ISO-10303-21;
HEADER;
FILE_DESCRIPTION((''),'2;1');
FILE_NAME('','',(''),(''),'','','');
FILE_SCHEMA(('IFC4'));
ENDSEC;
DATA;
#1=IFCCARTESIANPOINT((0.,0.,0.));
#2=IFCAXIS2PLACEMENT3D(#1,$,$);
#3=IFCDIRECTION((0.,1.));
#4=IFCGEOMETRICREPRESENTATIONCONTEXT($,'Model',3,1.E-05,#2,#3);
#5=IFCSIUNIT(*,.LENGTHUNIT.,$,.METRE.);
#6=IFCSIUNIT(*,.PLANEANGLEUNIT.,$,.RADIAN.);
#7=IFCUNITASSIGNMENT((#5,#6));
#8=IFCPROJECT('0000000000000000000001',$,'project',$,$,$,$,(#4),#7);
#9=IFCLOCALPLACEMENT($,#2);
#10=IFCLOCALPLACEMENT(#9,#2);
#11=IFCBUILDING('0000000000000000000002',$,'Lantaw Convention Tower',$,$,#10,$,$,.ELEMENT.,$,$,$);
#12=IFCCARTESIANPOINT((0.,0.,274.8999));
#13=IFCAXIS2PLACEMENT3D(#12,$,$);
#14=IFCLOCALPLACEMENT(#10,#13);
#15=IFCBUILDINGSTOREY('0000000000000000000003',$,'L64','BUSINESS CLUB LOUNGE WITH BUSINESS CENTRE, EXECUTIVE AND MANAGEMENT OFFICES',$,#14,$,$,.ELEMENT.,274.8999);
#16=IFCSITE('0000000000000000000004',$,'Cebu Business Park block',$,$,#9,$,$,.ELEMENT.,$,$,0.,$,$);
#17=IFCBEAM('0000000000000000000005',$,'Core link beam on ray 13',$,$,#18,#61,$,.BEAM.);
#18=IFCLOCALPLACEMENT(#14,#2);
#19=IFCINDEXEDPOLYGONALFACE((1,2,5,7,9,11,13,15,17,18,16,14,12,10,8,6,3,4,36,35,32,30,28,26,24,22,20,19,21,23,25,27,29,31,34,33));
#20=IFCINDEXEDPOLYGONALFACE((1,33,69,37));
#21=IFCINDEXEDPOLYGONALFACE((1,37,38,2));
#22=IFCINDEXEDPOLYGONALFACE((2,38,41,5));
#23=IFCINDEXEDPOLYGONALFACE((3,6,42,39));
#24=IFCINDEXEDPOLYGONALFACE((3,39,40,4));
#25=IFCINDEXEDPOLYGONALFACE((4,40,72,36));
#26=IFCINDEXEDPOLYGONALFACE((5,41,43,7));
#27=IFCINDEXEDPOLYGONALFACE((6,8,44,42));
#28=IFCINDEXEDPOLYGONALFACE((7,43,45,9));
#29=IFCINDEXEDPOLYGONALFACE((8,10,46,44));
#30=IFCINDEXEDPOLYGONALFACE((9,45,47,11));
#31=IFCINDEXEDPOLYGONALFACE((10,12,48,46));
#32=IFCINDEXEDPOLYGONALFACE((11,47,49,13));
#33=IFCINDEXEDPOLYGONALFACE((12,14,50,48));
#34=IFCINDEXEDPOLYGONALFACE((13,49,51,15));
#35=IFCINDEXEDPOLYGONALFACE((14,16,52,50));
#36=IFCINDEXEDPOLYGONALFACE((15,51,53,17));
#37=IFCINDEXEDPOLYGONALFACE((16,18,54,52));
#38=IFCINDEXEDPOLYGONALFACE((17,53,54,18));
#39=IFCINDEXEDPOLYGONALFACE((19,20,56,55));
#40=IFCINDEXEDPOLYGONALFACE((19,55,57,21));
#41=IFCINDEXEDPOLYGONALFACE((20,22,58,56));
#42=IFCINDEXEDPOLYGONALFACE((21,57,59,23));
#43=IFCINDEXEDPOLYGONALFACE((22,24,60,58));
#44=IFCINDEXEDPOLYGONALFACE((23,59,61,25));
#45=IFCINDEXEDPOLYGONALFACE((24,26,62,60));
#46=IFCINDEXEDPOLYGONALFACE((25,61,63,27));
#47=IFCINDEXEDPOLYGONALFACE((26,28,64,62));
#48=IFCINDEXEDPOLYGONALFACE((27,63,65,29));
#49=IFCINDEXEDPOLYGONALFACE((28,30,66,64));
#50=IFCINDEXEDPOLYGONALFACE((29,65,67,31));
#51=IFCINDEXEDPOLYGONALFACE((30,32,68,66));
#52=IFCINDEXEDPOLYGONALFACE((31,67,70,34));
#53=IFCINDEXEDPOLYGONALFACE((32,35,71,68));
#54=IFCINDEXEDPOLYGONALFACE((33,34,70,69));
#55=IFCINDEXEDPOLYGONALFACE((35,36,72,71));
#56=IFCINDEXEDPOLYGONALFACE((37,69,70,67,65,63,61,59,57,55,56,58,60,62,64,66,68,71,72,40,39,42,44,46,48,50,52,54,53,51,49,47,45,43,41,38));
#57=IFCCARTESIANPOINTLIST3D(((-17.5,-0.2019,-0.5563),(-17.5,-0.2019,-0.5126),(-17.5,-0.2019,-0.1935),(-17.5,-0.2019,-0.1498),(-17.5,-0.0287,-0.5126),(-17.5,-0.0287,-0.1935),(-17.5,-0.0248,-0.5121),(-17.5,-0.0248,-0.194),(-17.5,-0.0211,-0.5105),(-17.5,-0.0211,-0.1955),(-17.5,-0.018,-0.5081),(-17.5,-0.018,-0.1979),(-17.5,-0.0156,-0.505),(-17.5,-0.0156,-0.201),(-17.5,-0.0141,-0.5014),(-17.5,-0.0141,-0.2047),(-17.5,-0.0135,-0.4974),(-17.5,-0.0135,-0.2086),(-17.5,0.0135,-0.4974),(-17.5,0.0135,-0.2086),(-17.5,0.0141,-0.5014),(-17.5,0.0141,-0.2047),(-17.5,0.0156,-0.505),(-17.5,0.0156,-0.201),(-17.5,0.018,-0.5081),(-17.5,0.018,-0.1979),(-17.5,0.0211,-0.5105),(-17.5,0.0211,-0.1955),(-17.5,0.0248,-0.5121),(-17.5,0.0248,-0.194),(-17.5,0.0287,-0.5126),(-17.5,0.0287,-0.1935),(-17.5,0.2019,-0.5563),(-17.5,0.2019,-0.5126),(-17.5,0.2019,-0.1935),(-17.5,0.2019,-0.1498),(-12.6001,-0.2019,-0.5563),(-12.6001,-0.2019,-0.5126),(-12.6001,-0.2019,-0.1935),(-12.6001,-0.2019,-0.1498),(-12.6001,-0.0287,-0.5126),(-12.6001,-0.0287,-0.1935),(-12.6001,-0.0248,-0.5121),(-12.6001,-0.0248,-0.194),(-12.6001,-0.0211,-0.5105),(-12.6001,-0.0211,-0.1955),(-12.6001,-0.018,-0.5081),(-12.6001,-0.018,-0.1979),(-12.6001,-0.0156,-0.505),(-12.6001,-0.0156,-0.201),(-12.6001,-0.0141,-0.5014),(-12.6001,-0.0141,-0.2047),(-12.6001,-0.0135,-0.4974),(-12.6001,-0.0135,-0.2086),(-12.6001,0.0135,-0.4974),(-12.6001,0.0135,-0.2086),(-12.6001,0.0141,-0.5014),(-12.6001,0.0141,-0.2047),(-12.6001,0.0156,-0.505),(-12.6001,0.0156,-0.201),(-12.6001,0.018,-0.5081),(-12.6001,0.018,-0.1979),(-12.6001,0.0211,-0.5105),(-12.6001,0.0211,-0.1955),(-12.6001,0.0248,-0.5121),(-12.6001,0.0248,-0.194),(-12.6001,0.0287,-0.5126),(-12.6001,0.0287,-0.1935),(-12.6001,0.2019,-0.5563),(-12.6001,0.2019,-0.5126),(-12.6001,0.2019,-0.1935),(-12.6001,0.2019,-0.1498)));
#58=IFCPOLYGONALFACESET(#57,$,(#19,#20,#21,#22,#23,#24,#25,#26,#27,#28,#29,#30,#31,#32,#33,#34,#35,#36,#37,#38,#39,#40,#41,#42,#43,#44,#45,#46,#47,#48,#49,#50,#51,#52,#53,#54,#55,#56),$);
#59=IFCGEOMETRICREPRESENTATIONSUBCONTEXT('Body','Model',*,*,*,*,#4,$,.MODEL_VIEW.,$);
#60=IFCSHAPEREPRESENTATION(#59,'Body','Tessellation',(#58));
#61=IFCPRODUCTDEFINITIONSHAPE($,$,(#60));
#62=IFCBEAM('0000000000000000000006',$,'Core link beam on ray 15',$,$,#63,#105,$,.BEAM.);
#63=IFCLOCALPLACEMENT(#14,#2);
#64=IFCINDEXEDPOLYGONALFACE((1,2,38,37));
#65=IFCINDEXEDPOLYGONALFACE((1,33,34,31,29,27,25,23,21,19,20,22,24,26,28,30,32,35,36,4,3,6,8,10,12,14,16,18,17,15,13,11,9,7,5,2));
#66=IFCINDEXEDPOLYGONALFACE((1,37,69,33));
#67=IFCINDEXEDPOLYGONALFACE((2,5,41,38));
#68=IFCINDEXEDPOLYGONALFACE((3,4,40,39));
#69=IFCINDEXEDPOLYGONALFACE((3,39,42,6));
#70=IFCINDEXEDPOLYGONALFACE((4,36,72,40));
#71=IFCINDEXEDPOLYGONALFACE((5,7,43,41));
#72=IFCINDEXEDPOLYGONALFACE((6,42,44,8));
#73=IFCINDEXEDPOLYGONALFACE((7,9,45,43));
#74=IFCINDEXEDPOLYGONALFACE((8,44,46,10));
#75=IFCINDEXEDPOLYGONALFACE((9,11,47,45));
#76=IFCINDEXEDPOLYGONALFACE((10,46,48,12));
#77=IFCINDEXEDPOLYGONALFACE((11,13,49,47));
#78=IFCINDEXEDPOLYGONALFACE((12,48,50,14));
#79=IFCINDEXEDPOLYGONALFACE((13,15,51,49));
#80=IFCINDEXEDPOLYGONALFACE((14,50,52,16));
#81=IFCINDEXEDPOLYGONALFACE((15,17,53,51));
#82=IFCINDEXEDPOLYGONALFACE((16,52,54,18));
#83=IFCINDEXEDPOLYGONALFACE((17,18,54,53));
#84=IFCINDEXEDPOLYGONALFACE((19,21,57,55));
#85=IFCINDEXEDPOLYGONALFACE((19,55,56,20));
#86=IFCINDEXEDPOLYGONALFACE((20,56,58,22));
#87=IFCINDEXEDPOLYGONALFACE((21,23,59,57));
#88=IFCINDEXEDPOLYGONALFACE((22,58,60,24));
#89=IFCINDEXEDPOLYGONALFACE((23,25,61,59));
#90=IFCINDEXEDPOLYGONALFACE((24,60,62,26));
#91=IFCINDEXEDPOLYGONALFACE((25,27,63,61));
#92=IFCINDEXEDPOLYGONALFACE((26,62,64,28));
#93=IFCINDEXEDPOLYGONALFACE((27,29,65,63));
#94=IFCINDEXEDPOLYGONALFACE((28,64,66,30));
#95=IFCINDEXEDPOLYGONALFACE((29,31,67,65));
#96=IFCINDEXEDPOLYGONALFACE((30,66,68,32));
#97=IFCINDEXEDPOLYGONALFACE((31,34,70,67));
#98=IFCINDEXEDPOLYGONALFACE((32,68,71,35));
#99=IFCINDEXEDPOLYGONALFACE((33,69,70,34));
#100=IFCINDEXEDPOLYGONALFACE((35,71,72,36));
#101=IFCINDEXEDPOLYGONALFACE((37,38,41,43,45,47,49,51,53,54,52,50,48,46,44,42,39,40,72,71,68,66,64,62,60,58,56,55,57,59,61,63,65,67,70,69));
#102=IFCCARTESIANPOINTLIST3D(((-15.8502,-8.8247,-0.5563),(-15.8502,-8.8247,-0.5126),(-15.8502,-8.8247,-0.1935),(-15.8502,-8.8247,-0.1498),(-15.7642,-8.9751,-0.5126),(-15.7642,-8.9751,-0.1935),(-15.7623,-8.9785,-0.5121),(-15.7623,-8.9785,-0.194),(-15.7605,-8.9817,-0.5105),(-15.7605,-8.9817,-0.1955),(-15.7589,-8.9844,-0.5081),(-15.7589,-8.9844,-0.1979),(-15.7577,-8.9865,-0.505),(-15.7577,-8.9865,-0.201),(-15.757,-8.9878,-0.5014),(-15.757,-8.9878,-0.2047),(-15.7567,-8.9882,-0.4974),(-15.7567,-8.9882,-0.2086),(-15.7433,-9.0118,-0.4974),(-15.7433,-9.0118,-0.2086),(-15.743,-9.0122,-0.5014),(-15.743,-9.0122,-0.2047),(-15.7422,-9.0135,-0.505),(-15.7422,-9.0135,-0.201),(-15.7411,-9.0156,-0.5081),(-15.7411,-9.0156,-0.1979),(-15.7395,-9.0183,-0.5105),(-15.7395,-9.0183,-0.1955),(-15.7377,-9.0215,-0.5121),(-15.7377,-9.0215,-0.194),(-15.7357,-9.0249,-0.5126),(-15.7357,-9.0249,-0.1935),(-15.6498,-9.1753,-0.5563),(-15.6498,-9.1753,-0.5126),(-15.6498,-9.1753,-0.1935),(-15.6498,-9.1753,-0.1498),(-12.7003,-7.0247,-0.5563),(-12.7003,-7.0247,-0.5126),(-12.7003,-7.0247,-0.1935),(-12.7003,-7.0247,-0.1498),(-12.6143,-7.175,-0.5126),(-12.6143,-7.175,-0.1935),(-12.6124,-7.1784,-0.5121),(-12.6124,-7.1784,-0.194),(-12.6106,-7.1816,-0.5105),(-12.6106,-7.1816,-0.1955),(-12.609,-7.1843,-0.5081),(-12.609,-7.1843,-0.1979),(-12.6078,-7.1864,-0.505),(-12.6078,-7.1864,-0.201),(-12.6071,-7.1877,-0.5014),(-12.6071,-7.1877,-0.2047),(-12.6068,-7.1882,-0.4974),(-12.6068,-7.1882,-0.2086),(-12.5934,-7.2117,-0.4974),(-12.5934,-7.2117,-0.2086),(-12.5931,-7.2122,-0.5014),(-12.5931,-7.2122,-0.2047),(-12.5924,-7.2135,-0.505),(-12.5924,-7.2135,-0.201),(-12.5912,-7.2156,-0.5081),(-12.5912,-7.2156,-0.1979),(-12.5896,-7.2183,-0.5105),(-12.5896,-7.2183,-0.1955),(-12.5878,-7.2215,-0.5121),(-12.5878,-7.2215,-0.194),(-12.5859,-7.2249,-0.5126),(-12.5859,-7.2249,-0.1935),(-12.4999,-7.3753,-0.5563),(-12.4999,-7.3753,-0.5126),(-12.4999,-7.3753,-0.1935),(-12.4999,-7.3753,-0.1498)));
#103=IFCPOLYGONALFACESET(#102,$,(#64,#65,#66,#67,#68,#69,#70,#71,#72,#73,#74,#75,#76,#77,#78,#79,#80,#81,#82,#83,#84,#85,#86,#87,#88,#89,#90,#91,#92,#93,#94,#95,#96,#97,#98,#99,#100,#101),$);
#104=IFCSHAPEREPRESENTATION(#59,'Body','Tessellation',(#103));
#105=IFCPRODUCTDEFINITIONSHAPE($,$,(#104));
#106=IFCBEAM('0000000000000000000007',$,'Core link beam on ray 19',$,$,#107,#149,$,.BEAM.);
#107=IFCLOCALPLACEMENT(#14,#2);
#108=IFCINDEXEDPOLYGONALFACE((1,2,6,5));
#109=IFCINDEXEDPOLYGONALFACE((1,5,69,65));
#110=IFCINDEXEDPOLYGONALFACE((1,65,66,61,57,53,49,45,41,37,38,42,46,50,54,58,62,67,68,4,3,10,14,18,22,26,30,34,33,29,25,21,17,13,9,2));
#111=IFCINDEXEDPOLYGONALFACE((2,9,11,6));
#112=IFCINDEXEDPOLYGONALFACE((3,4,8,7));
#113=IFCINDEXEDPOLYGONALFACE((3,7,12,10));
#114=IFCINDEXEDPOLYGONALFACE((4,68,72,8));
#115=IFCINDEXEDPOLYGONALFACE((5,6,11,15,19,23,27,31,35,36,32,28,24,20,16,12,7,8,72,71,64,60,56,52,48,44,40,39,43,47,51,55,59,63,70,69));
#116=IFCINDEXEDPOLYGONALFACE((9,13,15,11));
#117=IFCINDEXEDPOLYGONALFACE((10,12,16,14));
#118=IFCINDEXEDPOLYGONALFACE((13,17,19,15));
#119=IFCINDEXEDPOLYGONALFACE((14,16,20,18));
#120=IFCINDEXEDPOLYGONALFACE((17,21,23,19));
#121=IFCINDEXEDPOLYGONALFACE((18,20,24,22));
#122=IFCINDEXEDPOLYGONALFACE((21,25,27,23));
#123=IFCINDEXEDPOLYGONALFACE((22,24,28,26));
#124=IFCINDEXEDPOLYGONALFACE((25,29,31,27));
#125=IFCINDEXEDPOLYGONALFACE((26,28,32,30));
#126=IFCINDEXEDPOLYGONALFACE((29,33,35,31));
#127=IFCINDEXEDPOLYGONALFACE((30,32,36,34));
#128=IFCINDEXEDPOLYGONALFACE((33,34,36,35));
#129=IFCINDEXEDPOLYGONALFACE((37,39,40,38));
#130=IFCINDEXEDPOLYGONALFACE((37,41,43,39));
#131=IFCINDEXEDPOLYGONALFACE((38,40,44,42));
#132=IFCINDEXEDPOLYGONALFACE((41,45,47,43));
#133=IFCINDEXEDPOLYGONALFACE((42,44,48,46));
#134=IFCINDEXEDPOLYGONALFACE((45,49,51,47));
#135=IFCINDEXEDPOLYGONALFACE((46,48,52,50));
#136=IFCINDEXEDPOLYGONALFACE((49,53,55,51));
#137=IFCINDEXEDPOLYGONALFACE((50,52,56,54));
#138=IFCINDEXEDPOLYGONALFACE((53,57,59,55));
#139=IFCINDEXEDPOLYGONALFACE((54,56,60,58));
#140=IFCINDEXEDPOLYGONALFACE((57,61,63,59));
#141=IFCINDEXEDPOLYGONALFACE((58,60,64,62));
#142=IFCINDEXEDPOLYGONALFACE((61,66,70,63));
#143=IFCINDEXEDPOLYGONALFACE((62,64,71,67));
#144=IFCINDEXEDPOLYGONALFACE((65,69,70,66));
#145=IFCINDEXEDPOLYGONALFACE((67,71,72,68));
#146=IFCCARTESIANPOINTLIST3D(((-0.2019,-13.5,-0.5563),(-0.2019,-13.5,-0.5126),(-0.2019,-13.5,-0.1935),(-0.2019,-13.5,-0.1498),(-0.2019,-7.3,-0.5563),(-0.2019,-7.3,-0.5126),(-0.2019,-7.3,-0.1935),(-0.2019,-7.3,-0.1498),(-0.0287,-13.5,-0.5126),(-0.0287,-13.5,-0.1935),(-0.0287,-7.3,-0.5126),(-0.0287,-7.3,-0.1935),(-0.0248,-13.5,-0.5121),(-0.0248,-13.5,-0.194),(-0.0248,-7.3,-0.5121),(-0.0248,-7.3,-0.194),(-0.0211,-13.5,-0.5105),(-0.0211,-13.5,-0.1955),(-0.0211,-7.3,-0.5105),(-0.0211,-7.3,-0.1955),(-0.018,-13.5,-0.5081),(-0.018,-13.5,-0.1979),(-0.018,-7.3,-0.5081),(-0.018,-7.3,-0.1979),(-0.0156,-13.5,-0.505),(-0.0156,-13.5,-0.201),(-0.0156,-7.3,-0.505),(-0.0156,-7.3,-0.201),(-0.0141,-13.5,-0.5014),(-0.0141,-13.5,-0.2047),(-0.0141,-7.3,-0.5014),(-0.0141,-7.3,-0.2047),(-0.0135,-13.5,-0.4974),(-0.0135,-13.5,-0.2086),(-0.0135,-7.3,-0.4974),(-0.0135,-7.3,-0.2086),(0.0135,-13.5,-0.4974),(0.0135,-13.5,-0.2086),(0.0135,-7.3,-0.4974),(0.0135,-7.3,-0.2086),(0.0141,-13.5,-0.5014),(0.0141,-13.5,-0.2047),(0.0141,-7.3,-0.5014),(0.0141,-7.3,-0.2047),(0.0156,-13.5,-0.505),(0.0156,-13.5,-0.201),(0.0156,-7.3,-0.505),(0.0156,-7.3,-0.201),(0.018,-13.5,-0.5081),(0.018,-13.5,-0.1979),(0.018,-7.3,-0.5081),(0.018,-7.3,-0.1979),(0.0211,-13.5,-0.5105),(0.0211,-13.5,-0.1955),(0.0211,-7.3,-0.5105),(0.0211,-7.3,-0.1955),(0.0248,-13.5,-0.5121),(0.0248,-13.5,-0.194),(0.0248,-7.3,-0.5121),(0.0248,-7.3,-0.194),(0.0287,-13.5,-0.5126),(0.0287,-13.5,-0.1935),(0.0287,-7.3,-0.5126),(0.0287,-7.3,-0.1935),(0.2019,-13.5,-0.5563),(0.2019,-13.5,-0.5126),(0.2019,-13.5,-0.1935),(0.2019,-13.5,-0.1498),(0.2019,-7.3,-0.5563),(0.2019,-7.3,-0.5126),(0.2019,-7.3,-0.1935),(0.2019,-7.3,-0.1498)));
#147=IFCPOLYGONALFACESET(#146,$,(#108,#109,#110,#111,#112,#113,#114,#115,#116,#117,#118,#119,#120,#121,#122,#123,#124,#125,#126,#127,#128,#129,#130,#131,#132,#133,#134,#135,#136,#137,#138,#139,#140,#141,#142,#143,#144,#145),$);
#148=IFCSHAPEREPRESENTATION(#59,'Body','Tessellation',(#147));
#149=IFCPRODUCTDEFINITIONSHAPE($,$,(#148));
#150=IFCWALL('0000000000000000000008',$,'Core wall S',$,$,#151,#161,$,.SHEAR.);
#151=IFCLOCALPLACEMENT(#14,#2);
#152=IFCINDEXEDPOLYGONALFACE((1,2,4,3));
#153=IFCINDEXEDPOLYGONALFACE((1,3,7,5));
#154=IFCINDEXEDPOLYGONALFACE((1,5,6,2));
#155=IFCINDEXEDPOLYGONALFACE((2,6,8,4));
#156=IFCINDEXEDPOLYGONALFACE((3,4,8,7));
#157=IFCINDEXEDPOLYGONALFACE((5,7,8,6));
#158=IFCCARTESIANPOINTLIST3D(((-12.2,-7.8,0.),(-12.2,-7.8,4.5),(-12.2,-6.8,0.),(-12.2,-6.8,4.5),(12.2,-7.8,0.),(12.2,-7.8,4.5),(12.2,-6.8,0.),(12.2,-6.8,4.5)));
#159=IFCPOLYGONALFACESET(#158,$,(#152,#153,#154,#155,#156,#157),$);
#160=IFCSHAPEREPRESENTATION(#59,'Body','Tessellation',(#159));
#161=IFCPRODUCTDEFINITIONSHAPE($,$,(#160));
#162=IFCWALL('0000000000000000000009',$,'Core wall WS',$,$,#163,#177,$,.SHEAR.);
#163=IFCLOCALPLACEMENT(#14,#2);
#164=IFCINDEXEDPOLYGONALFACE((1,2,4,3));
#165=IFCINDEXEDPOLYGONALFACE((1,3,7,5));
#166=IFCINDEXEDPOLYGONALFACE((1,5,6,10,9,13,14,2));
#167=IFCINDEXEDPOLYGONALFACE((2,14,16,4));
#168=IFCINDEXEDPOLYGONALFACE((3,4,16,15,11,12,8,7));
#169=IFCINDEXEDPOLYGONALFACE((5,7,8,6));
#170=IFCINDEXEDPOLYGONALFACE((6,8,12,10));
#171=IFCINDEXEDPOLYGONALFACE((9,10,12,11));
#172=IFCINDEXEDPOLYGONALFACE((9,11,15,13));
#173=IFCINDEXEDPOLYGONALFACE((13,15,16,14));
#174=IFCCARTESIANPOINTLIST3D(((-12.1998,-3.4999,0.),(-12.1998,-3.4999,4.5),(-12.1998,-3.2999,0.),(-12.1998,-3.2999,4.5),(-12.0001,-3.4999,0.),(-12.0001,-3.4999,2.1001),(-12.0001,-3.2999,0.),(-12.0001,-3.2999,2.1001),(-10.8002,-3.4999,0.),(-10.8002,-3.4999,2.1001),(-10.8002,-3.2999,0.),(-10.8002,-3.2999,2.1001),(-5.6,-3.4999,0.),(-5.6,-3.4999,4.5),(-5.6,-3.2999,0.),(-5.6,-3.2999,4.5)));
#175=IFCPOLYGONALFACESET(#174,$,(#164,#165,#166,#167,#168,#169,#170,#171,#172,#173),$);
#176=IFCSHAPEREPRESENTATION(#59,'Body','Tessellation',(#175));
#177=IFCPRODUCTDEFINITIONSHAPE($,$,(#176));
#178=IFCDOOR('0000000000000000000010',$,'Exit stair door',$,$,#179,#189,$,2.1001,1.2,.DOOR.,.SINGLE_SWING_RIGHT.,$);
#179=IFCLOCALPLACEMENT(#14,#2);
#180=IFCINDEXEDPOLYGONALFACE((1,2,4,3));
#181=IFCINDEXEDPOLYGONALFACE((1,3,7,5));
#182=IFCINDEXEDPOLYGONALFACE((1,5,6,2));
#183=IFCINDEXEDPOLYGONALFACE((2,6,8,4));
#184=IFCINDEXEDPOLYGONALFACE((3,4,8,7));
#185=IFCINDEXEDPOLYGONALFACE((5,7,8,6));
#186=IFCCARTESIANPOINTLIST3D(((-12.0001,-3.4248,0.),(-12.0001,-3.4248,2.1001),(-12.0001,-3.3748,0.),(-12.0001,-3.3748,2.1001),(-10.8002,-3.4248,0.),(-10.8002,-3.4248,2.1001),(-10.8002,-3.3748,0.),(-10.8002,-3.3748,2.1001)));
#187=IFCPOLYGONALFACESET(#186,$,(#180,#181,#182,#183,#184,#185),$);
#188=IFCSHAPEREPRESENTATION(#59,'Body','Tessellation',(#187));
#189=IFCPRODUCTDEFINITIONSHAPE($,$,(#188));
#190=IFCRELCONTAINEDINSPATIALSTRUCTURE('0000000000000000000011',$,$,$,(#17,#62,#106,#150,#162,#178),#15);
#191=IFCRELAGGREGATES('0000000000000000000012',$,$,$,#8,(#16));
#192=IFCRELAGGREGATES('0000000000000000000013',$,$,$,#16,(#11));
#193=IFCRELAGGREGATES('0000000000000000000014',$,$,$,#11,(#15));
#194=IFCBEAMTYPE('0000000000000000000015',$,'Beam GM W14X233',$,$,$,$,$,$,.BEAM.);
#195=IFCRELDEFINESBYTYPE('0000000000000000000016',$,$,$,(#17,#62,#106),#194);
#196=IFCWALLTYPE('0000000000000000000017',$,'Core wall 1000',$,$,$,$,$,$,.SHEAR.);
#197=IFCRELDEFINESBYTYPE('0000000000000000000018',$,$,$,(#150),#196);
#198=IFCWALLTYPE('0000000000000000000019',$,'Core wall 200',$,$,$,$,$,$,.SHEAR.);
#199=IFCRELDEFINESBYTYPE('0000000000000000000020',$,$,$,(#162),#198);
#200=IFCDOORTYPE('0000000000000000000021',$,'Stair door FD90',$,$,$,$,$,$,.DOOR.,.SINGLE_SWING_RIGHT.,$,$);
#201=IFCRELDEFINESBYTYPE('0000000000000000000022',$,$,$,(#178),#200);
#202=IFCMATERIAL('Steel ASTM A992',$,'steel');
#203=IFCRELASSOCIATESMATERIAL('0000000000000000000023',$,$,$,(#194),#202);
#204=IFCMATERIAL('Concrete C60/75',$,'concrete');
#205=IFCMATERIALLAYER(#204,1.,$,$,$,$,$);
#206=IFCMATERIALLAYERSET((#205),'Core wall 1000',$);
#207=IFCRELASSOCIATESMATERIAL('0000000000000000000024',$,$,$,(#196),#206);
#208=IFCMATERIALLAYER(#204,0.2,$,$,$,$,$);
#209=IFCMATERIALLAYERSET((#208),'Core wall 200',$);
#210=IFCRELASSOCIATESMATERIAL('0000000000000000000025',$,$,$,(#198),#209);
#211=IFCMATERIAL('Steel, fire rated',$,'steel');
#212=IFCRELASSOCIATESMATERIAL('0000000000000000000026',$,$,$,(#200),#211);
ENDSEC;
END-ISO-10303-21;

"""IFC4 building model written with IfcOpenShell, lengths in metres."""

from ifc_helpers import new_model, si_unit, direction, frame, frame_2d, origin, origin_2d, place, context, subcontext, project, spatial, rectangle, i_section, extrude, material, layer, layer_set, material_profile, profile_set, type_object, element, fill, save


model = new_model("IFC4")

# Units and contexts
model_context = context("Model", 3, precision=1e-05, world=origin(), true_north=direction((0.0, 1.0)))
body_context = subcontext(model_context, "Body", "Model", "MODEL_VIEW")
ifc_project = project(units=[si_unit("LENGTHUNIT", "METRE"), si_unit("PLANEANGLEUNIT", "RADIAN")], contexts=[model_context])

# Site, building, storey
site_placement = place(None, origin())
site = spatial("IfcSite", under=ifc_project, at=site_placement, Name="Cebu Business Park block", CompositionType="ELEMENT", RefElevation=0.0)
building_placement = place(site_placement, origin())
building = spatial("IfcBuilding", under=site, at=building_placement, Name="Lantaw Convention Tower", CompositionType="ELEMENT")
storey_placement = place(building_placement, frame((0.0, 0.0, 274.8999)))
storey = spatial("IfcBuildingStorey", under=building, at=storey_placement, Name="L64", Description="BUSINESS CLUB LOUNGE WITH BUSINESS CENTRE, EXECUTIVE AND MANAGEMENT OFFICES", CompositionType="ELEMENT", Elevation=274.8999)

# Beams
ifc_material_1 = material(Name="Steel ASTM A992", Category="steel")
ifc_material_profile_1 = material_profile(ifc_material_1, i_section(OverallWidth=0.4038, OverallDepth=0.4065, WebThickness=0.0271, FlangeThickness=0.0437, FilletRadius=0.0151, at=origin_2d()), Name="W14X233")
ifc_profile_set_1 = profile_set([ifc_material_profile_1], Name="Steel ASTM A992")
beam_type_1 = type_object("IfcBeamType", Name="Beam GM W14X233", PredefinedType="BEAM", material=ifc_profile_set_1)
beam_1_placement = place(storey_placement, frame((-12.6001, 0.0, -0.353), z_axis=(-1.0, 0.0, 0.0), x_axis=(0.0, -1.0, 0.0)))
element("IfcBeam", 1, at=beam_1_placement, inside=storey, type_object=beam_type_1, Name="Core link beam on ray 13", PredefinedType="BEAM", context=body_context, shape_type="SweptSolid", body=[
    extrude(i_section(OverallWidth=0.4038, OverallDepth=0.4065, WebThickness=0.0271, FlangeThickness=0.0437, FilletRadius=0.0151, at=origin_2d()), origin(), (0.0, 0.0, 1.0), 4.8999),
])
beam_2_placement = place(storey_placement, frame((-12.6001, -7.2, -0.353), z_axis=(-0.868231, -0.496161, 0.0), x_axis=(0.496161, -0.868231, 0.0)))
element("IfcBeam", 2, at=beam_2_placement, inside=storey, type_object=beam_type_1, Name="Core link beam on ray 15", PredefinedType="BEAM", context=body_context, shape_type="SweptSolid", body=[
    extrude(i_section(OverallWidth=0.4038, OverallDepth=0.4065, WebThickness=0.0271, FlangeThickness=0.0437, FilletRadius=0.0151, at=origin_2d()), origin(), (0.0, 0.0, 1.0), 3.6279),
])
beam_3_placement = place(storey_placement, frame((0.0, -7.3, -0.353), z_axis=(0.0, -1.0, 0.0), x_axis=(1.0, 0.0, 0.0)))
element("IfcBeam", 3, at=beam_3_placement, inside=storey, type_object=beam_type_1, Name="Core link beam on ray 19", PredefinedType="BEAM", context=body_context, shape_type="SweptSolid", body=[
    extrude(i_section(OverallWidth=0.4038, OverallDepth=0.4065, WebThickness=0.0271, FlangeThickness=0.0437, FilletRadius=0.0151, at=origin_2d()), origin(), (0.0, 0.0, 1.0), 6.2),
])

# Wall
ifc_material_2 = material(Name="Concrete C60/75", Category="concrete")
ifc_layer_1 = layer(ifc_material_2, 1.0)
ifc_layer_set_1 = layer_set([ifc_layer_1], Name="Core wall 1000")
wall_type_1 = type_object("IfcWallType", Name="Core wall 1000", PredefinedType="SHEAR", material=ifc_layer_set_1)
wall_1_placement = place(storey_placement, frame((-12.2, -7.3, 0.0), z_axis=(0.0, 0.0, 1.0), x_axis=(1.0, 0.0, 0.0)))
element("IfcWall", 4, at=wall_1_placement, inside=storey, type_object=wall_type_1, Name="Core wall S", PredefinedType="SHEAR", context=body_context, shape_type="SweptSolid", body=[
    extrude(rectangle(XDim=24.3999, YDim=1.0, at=frame_2d((12.2, 0.0))), origin(), (0.0, 0.0, 1.0), 4.5),
])

# Wall, opening, door
ifc_layer_2 = layer(ifc_material_2, 0.2)
ifc_layer_set_2 = layer_set([ifc_layer_2], Name="Core wall 200")
wall_type_2 = type_object("IfcWallType", Name="Core wall 200", PredefinedType="SHEAR", material=ifc_layer_set_2)
wall_2_placement = place(storey_placement, frame((-5.6001, -3.3999, 0.0), z_axis=(0.0, 0.0, 1.0), x_axis=(-1.0, 0.0, 0.0)))
wall_2 = element("IfcWall", 5, at=wall_2_placement, inside=storey, type_object=wall_type_2, Name="Core wall WS", PredefinedType="SHEAR", context=body_context, shape_type="SweptSolid", body=[
    extrude(rectangle(XDim=6.5999, YDim=0.2, at=frame_2d((3.2998, 0.0))), origin(), (0.0, 0.0, 1.0), 4.5),
])
opening_1_placement = place(wall_2_placement, frame((5.2, 0.0, 0.0)))
opening_1 = element("IfcOpeningElement", 6, at=opening_1_placement, cuts=wall_2, PredefinedType="OPENING", context=body_context, shape_type="SweptSolid", body=[
    extrude(rectangle(XDim=1.2, YDim=2.1001, at=frame_2d((0.6001, 1.05))), frame((0.0, 0.1099, 0.0), z_axis=(0.0, -1.0, 0.0), x_axis=(1.0, 0.0, 0.0)), (0.0, 0.0, 1.0), 0.22),
])
ifc_material_3 = material(Name="Steel, fire rated", Category="steel")
door_type_1 = type_object("IfcDoorType", Name="Stair door FD90", OperationType="SINGLE_SWING_RIGHT", PredefinedType="DOOR", material=ifc_material_3)
door_1_placement = place(opening_1_placement, origin())
door_1 = element("IfcDoor", 7, at=door_1_placement, inside=storey, type_object=door_type_1, Name="Exit stair door", OperationType="SINGLE_SWING_RIGHT", OverallHeight=2.1001, OverallWidth=1.2, PredefinedType="DOOR", context=body_context, shape_type="SweptSolid", body=[
    extrude(rectangle(XDim=1.2, YDim=2.1001, at=frame_2d((0.6001, 1.05))), frame((0.0, 0.0249, 0.0), z_axis=(0.0, -1.0, 0.0), x_axis=(1.0, 0.0, 0.0)), (0.0, 0.0, 1.0), 0.05),
])
fill(opening_1, door_1)

save(model, "model.ifc")
